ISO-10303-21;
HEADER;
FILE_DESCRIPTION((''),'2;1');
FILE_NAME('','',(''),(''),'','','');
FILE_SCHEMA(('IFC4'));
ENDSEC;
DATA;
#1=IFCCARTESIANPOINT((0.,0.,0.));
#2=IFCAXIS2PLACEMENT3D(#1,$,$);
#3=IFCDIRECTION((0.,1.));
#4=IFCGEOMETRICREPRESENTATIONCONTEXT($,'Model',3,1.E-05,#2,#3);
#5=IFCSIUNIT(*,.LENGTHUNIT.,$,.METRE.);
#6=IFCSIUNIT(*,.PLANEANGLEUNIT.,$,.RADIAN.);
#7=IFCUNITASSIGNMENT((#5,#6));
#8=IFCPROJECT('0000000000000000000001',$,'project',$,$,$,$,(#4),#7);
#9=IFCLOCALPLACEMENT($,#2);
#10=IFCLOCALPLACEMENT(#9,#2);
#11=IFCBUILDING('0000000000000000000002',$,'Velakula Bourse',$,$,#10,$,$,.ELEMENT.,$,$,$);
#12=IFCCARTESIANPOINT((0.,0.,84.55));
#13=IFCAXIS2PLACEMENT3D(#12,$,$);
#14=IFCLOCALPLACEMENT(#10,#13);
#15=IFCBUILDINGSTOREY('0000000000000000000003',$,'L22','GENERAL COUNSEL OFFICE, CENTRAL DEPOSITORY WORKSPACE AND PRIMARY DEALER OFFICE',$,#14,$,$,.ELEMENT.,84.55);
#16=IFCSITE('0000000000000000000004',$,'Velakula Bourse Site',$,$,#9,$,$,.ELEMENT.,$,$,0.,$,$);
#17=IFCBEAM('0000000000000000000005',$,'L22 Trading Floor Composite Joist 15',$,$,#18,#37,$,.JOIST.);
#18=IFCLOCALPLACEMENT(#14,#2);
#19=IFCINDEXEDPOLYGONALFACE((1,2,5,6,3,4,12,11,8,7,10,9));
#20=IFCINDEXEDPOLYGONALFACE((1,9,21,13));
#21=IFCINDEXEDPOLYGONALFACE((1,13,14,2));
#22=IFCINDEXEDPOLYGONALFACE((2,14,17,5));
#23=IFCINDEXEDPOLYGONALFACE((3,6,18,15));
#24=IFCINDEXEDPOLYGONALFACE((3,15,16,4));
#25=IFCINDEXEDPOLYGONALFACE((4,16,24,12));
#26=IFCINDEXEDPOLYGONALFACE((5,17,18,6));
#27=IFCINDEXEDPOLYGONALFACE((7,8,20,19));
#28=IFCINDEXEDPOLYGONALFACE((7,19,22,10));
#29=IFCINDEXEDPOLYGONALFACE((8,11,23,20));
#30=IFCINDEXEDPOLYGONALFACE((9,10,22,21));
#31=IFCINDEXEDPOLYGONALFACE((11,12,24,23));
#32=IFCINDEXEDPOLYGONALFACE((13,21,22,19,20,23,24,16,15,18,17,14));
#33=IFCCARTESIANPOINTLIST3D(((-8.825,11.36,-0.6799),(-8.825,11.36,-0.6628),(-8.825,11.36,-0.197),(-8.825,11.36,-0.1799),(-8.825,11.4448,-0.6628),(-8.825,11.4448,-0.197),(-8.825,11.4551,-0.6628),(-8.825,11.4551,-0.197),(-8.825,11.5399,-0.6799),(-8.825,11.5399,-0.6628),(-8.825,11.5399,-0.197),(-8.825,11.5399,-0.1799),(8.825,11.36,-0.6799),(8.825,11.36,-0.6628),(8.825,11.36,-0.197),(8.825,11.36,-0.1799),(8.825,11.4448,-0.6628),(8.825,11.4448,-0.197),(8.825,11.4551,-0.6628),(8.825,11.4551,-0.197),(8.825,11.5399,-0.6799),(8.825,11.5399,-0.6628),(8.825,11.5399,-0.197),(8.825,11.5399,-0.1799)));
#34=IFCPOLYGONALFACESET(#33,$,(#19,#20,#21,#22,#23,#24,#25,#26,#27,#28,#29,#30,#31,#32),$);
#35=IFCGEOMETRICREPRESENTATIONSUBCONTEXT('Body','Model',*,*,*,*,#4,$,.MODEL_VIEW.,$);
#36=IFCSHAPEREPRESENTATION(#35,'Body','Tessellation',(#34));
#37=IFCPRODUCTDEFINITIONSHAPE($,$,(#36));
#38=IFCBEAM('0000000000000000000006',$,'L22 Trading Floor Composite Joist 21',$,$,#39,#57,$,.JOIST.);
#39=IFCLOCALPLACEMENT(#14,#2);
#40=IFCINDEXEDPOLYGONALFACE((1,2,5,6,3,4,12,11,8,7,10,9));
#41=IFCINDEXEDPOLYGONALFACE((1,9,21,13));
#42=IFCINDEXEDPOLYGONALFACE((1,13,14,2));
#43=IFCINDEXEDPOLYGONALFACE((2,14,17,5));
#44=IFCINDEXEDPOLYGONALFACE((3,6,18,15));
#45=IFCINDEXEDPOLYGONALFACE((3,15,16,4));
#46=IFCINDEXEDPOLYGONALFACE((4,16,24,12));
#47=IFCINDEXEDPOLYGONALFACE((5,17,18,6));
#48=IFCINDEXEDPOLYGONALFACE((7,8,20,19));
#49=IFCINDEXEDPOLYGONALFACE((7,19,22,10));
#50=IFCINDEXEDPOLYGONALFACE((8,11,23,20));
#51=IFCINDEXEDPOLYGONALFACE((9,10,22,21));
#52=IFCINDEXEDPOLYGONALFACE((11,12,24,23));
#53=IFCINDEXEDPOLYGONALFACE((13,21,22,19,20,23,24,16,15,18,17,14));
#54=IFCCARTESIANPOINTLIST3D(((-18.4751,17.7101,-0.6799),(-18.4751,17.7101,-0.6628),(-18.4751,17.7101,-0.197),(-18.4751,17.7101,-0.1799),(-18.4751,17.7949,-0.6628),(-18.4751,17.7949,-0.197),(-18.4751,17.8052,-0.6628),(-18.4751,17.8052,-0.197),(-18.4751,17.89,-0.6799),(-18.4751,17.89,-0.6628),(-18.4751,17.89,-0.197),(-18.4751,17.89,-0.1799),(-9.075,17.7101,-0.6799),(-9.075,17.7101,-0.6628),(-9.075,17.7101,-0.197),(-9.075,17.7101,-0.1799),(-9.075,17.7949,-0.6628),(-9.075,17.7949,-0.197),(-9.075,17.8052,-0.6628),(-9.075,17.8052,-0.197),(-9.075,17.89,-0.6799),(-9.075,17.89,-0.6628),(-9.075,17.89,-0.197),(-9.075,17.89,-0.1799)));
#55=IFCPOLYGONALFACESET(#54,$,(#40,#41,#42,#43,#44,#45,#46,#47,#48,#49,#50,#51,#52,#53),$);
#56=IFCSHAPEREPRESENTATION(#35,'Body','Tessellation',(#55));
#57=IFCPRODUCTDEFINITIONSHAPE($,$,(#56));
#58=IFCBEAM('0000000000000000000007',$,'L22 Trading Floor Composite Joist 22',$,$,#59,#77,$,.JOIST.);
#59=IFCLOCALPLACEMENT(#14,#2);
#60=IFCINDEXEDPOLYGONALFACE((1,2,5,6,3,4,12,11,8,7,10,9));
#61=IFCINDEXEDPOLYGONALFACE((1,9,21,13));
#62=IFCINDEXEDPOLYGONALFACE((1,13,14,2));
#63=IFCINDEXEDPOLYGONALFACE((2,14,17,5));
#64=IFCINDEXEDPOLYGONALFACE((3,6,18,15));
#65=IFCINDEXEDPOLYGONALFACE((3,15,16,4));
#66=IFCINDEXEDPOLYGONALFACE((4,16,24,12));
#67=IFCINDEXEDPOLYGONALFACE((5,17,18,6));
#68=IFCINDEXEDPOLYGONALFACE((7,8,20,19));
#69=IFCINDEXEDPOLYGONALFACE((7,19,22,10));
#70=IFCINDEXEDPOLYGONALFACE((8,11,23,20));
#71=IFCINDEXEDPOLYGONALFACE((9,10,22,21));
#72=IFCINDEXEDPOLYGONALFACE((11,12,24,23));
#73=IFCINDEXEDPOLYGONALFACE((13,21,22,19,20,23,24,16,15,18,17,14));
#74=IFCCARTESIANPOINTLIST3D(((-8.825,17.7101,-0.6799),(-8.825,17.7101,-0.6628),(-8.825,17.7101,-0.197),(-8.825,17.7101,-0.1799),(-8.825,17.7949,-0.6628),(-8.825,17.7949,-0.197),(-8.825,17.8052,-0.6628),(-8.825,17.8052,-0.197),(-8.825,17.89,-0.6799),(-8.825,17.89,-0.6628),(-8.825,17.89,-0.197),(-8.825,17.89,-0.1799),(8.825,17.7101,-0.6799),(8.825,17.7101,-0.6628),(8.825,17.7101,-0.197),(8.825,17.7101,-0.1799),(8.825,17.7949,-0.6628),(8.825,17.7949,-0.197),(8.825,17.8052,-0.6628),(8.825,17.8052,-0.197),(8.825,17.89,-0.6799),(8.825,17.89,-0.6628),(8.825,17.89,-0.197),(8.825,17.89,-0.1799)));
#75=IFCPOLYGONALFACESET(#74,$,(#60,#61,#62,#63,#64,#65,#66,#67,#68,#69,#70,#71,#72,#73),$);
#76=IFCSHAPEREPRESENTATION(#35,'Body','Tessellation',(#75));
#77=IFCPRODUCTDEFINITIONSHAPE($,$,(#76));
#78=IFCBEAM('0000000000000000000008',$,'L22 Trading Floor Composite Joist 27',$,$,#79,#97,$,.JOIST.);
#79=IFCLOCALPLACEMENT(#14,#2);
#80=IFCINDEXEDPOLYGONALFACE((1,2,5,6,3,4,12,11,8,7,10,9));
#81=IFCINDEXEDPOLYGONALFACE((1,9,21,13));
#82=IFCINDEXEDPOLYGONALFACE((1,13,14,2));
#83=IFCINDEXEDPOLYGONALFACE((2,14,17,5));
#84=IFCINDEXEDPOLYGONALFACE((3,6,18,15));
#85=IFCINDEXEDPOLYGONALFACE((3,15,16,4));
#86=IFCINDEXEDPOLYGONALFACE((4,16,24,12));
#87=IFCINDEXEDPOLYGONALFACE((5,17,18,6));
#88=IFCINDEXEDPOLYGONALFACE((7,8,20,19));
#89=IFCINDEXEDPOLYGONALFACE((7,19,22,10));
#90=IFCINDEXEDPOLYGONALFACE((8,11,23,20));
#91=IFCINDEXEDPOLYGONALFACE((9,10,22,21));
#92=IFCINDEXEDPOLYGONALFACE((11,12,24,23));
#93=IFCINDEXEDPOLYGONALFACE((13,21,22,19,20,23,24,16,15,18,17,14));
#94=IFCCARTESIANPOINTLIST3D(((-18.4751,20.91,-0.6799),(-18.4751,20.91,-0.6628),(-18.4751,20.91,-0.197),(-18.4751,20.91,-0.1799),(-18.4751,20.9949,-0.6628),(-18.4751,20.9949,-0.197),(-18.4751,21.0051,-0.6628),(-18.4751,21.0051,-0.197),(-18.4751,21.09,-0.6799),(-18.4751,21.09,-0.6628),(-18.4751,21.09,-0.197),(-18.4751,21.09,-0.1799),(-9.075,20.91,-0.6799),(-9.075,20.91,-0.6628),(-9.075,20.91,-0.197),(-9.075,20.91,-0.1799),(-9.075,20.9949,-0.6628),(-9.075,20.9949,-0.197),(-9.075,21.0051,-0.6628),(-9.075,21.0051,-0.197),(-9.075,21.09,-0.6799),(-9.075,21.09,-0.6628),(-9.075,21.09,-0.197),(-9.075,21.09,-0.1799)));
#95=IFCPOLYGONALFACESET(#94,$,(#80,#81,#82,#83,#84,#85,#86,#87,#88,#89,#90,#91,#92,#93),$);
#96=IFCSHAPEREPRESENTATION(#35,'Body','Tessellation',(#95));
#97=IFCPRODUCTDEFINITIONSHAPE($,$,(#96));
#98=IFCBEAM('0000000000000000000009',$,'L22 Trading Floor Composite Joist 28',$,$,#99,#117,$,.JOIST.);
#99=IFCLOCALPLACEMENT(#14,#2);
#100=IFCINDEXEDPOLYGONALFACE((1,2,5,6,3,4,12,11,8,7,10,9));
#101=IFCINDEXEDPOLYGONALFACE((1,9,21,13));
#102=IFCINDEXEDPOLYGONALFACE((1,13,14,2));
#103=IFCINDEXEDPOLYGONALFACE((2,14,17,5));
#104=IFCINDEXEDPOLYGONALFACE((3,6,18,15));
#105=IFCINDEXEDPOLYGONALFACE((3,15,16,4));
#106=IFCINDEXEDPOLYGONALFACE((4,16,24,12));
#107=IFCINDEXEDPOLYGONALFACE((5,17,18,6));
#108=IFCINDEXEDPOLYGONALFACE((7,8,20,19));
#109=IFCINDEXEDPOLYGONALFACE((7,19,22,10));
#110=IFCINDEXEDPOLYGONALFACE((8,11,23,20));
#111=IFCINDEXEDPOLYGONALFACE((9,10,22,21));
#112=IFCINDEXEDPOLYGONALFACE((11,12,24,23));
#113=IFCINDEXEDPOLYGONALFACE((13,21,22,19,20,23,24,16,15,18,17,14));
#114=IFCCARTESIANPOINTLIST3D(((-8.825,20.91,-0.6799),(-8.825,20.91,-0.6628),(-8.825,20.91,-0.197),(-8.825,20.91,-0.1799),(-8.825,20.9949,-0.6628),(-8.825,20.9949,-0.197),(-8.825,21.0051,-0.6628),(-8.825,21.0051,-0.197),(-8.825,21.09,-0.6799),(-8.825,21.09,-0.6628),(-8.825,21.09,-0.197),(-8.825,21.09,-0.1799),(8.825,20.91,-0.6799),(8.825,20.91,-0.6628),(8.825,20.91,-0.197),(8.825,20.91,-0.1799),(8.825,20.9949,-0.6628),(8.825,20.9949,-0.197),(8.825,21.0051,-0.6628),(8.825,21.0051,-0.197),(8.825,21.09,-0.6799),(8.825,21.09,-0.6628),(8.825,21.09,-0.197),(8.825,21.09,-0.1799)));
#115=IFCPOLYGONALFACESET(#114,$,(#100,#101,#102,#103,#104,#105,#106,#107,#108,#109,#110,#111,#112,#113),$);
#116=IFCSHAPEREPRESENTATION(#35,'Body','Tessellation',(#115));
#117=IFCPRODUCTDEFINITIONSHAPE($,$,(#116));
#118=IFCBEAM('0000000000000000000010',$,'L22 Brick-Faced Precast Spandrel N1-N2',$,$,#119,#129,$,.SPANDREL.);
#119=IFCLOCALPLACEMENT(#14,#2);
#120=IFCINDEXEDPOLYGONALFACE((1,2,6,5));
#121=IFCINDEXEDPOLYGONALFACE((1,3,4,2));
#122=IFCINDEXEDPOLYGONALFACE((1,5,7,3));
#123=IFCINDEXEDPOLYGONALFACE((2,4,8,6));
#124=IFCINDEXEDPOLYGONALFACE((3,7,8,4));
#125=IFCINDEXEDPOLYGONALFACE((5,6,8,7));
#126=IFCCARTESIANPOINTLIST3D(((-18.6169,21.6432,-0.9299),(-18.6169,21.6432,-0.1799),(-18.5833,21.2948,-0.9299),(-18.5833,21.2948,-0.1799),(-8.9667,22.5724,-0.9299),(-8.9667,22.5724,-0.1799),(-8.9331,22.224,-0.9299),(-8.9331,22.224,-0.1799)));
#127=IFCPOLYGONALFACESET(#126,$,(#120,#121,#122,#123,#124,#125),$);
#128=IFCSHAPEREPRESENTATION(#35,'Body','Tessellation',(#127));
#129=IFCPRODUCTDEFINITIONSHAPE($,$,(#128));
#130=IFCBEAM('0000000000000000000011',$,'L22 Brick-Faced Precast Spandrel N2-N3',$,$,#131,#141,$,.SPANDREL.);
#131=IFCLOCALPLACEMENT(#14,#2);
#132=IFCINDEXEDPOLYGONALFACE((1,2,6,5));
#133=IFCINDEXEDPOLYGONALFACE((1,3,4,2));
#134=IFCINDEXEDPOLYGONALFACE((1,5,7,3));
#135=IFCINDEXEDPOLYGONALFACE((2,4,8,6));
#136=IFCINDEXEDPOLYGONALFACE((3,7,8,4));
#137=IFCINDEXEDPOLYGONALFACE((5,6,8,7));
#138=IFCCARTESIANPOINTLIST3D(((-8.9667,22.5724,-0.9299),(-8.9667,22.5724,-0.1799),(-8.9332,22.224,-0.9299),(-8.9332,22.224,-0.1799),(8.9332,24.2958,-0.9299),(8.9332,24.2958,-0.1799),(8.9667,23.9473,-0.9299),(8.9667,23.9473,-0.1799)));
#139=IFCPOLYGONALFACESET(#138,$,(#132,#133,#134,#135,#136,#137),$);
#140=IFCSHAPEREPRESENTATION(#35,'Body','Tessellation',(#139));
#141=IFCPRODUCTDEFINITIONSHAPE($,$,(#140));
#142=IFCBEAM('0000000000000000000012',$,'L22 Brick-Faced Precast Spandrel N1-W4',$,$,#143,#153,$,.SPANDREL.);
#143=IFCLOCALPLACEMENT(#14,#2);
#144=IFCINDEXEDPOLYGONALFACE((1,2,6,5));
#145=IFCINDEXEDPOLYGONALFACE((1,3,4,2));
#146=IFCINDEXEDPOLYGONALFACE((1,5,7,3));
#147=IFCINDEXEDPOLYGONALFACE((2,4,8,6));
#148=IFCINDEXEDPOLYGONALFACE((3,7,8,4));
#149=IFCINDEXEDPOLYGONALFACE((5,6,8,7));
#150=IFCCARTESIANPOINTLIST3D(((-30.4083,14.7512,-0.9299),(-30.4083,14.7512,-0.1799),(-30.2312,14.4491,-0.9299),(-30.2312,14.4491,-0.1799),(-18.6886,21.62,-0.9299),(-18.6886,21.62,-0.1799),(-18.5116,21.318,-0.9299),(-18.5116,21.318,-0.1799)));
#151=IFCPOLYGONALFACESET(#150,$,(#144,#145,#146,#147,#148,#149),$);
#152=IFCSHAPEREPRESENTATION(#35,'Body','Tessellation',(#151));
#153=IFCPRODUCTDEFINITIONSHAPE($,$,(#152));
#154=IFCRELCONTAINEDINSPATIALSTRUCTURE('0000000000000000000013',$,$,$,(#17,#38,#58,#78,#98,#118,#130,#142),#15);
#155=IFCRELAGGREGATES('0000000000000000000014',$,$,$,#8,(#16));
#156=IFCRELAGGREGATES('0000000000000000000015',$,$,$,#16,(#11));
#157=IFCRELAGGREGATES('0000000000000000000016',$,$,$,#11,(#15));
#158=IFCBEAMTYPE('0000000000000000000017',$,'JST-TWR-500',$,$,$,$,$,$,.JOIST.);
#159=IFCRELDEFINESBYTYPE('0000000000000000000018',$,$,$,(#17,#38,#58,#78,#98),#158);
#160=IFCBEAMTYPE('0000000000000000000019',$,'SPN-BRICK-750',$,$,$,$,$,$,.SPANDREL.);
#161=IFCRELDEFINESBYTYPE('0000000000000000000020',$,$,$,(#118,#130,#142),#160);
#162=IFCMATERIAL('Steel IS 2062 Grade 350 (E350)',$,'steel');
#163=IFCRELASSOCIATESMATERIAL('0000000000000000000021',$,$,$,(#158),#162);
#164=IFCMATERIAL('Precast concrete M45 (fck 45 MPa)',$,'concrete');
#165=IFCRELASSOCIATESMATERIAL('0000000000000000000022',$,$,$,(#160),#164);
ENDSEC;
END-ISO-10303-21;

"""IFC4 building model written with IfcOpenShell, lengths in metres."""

from ifc_helpers import new_model, si_unit, direction, frame, origin, origin_2d, place, context, subcontext, project, spatial, rectangle, i_section, extrude, material, material_profile, profile_set, type_object, element, save


model = new_model("IFC4")

# Units and contexts
model_context = context("Model", 3, precision=1e-05, world=origin(), true_north=direction((0.0, 1.0)))
body_context = subcontext(model_context, "Body", "Model", "MODEL_VIEW")
ifc_project = project(units=[si_unit("LENGTHUNIT", "METRE"), si_unit("PLANEANGLEUNIT", "RADIAN")], contexts=[model_context])

# Site, building, storey
site_placement = place(None, origin())
site = spatial("IfcSite", under=ifc_project, at=site_placement, Name="Velakula Bourse Site", CompositionType="ELEMENT", RefElevation=0.0)
building_placement = place(site_placement, origin())
building = spatial("IfcBuilding", under=site, at=building_placement, Name="Velakula Bourse", CompositionType="ELEMENT")
storey_placement = place(building_placement, frame((0.0, 0.0, 84.55)))
storey = spatial("IfcBuildingStorey", under=building, at=storey_placement, Name="L22", Description="GENERAL COUNSEL OFFICE, CENTRAL DEPOSITORY WORKSPACE AND PRIMARY DEALER OFFICE", CompositionType="ELEMENT", Elevation=84.55)

# Beams
ifc_material_1 = material(Name="Steel IS 2062 Grade 350 (E350)", Category="steel")
ifc_material_profile_1 = material_profile(ifc_material_1, i_section(OverallWidth=0.1799, OverallDepth=0.5, WebThickness=0.0103, FlangeThickness=0.0171, at=origin_2d()), Name="Steel IS 2062 Grade 350 (E350)")
ifc_profile_set_1 = profile_set([ifc_material_profile_1], Name="Steel IS 2062 Grade 350 (E350)")
beam_type_1 = type_object("IfcBeamType", Name="JST-TWR-500", PredefinedType="JOIST", material=ifc_profile_set_1)
beam_1_placement = place(storey_placement, frame((-8.825, 11.45, -0.4299), z_axis=(1.0, 0.0, 0.0), x_axis=(0.0, 1.0, 0.0)))
element("IfcBeam", 1, at=beam_1_placement, inside=storey, type_object=beam_type_1, Name="L22 Trading Floor Composite Joist 15", PredefinedType="JOIST", context=body_context, shape_type="SweptSolid", body=[
    extrude(i_section(OverallWidth=0.1799, OverallDepth=0.5, WebThickness=0.0103, FlangeThickness=0.0171, at=origin_2d()), origin(), (0.0, 0.0, 1.0), 17.6499),
])
beam_2_placement = place(storey_placement, frame((-18.4751, 17.8, -0.4299), z_axis=(1.0, 0.0, 0.0), x_axis=(0.0, 1.0, 0.0)))
element("IfcBeam", 2, at=beam_2_placement, inside=storey, type_object=beam_type_1, Name="L22 Trading Floor Composite Joist 21", PredefinedType="JOIST", context=body_context, shape_type="SweptSolid", body=[
    extrude(i_section(OverallWidth=0.1799, OverallDepth=0.5, WebThickness=0.0103, FlangeThickness=0.0171, at=origin_2d()), origin(), (0.0, 0.0, 1.0), 9.4001),
])
beam_3_placement = place(storey_placement, frame((-8.825, 17.8, -0.4299), z_axis=(1.0, 0.0, 0.0), x_axis=(0.0, 1.0, 0.0)))
element("IfcBeam", 3, at=beam_3_placement, inside=storey, type_object=beam_type_1, Name="L22 Trading Floor Composite Joist 22", PredefinedType="JOIST", context=body_context, shape_type="SweptSolid", body=[
    extrude(i_section(OverallWidth=0.1799, OverallDepth=0.5, WebThickness=0.0103, FlangeThickness=0.0171, at=origin_2d()), origin(), (0.0, 0.0, 1.0), 17.6499),
])
beam_4_placement = place(storey_placement, frame((-18.4751, 21.0, -0.4299), z_axis=(1.0, 0.0, 0.0), x_axis=(0.0, 1.0, 0.0)))
element("IfcBeam", 4, at=beam_4_placement, inside=storey, type_object=beam_type_1, Name="L22 Trading Floor Composite Joist 27", PredefinedType="JOIST", context=body_context, shape_type="SweptSolid", body=[
    extrude(i_section(OverallWidth=0.1799, OverallDepth=0.5, WebThickness=0.0103, FlangeThickness=0.0171, at=origin_2d()), origin(), (0.0, 0.0, 1.0), 9.4001),
])
beam_5_placement = place(storey_placement, frame((-8.825, 21.0, -0.4299), z_axis=(1.0, 0.0, 0.0), x_axis=(0.0, 1.0, 0.0)))
element("IfcBeam", 5, at=beam_5_placement, inside=storey, type_object=beam_type_1, Name="L22 Trading Floor Composite Joist 28", PredefinedType="JOIST", context=body_context, shape_type="SweptSolid", body=[
    extrude(i_section(OverallWidth=0.1799, OverallDepth=0.5, WebThickness=0.0103, FlangeThickness=0.0171, at=origin_2d()), origin(), (0.0, 0.0, 1.0), 17.6499),
])
ifc_material_2 = material(Name="Precast concrete M45 (fck 45 MPa)", Category="concrete")
ifc_material_profile_2 = material_profile(ifc_material_2, rectangle(XDim=0.3501, YDim=0.75, at=origin_2d()), Name="Precast concrete M45 (fck 45 MPa)")
ifc_profile_set_2 = profile_set([ifc_material_profile_2], Name="Precast concrete M45 (fck 45 MPa)")
beam_type_2 = type_object("IfcBeamType", Name="SPN-BRICK-750", PredefinedType="SPANDREL", material=ifc_profile_set_2)
beam_6_placement = place(storey_placement, frame((-18.6001, 21.469, -0.5549), z_axis=(0.995396, 0.095845, 0.0), x_axis=(-0.095845, 0.995396, 0.0)))
element("IfcBeam", 6, at=beam_6_placement, inside=storey, type_object=beam_type_2, Name="L22 Brick-Faced Precast Spandrel N1-N2", PredefinedType="SPANDREL", context=body_context, shape_type="SweptSolid", body=[
    extrude(rectangle(XDim=0.3501, YDim=0.75, at=origin_2d()), origin(), (0.0, 0.0, 1.0), 9.6948),
])
beam_7_placement = place(storey_placement, frame((-8.95, 22.3982, -0.5549), z_axis=(0.995397, 0.095836, 0.0), x_axis=(-0.095836, 0.995397, 0.0)))
element("IfcBeam", 7, at=beam_7_placement, inside=storey, type_object=beam_type_2, Name="L22 Brick-Faced Precast Spandrel N2-N3", PredefinedType="SPANDREL", context=body_context, shape_type="SweptSolid", body=[
    extrude(rectangle(XDim=0.3501, YDim=0.75, at=origin_2d()), origin(), (0.0, 0.0, 1.0), 17.9827),
])
beam_8_placement = place(storey_placement, frame((-18.6001, 21.469, -0.5549), z_axis=(-0.862739, -0.505649, 0.0), x_axis=(0.505649, -0.862739, 0.0)))
element("IfcBeam", 8, at=beam_8_placement, inside=storey, type_object=beam_type_2, Name="L22 Brick-Faced Precast Spandrel N1-W4", PredefinedType="SPANDREL", context=body_context, shape_type="SweptSolid", body=[
    extrude(rectangle(XDim=0.3501, YDim=0.75, at=origin_2d()), origin(), (0.0, 0.0, 1.0), 13.5842),
])

save(model, "model.ifc")
